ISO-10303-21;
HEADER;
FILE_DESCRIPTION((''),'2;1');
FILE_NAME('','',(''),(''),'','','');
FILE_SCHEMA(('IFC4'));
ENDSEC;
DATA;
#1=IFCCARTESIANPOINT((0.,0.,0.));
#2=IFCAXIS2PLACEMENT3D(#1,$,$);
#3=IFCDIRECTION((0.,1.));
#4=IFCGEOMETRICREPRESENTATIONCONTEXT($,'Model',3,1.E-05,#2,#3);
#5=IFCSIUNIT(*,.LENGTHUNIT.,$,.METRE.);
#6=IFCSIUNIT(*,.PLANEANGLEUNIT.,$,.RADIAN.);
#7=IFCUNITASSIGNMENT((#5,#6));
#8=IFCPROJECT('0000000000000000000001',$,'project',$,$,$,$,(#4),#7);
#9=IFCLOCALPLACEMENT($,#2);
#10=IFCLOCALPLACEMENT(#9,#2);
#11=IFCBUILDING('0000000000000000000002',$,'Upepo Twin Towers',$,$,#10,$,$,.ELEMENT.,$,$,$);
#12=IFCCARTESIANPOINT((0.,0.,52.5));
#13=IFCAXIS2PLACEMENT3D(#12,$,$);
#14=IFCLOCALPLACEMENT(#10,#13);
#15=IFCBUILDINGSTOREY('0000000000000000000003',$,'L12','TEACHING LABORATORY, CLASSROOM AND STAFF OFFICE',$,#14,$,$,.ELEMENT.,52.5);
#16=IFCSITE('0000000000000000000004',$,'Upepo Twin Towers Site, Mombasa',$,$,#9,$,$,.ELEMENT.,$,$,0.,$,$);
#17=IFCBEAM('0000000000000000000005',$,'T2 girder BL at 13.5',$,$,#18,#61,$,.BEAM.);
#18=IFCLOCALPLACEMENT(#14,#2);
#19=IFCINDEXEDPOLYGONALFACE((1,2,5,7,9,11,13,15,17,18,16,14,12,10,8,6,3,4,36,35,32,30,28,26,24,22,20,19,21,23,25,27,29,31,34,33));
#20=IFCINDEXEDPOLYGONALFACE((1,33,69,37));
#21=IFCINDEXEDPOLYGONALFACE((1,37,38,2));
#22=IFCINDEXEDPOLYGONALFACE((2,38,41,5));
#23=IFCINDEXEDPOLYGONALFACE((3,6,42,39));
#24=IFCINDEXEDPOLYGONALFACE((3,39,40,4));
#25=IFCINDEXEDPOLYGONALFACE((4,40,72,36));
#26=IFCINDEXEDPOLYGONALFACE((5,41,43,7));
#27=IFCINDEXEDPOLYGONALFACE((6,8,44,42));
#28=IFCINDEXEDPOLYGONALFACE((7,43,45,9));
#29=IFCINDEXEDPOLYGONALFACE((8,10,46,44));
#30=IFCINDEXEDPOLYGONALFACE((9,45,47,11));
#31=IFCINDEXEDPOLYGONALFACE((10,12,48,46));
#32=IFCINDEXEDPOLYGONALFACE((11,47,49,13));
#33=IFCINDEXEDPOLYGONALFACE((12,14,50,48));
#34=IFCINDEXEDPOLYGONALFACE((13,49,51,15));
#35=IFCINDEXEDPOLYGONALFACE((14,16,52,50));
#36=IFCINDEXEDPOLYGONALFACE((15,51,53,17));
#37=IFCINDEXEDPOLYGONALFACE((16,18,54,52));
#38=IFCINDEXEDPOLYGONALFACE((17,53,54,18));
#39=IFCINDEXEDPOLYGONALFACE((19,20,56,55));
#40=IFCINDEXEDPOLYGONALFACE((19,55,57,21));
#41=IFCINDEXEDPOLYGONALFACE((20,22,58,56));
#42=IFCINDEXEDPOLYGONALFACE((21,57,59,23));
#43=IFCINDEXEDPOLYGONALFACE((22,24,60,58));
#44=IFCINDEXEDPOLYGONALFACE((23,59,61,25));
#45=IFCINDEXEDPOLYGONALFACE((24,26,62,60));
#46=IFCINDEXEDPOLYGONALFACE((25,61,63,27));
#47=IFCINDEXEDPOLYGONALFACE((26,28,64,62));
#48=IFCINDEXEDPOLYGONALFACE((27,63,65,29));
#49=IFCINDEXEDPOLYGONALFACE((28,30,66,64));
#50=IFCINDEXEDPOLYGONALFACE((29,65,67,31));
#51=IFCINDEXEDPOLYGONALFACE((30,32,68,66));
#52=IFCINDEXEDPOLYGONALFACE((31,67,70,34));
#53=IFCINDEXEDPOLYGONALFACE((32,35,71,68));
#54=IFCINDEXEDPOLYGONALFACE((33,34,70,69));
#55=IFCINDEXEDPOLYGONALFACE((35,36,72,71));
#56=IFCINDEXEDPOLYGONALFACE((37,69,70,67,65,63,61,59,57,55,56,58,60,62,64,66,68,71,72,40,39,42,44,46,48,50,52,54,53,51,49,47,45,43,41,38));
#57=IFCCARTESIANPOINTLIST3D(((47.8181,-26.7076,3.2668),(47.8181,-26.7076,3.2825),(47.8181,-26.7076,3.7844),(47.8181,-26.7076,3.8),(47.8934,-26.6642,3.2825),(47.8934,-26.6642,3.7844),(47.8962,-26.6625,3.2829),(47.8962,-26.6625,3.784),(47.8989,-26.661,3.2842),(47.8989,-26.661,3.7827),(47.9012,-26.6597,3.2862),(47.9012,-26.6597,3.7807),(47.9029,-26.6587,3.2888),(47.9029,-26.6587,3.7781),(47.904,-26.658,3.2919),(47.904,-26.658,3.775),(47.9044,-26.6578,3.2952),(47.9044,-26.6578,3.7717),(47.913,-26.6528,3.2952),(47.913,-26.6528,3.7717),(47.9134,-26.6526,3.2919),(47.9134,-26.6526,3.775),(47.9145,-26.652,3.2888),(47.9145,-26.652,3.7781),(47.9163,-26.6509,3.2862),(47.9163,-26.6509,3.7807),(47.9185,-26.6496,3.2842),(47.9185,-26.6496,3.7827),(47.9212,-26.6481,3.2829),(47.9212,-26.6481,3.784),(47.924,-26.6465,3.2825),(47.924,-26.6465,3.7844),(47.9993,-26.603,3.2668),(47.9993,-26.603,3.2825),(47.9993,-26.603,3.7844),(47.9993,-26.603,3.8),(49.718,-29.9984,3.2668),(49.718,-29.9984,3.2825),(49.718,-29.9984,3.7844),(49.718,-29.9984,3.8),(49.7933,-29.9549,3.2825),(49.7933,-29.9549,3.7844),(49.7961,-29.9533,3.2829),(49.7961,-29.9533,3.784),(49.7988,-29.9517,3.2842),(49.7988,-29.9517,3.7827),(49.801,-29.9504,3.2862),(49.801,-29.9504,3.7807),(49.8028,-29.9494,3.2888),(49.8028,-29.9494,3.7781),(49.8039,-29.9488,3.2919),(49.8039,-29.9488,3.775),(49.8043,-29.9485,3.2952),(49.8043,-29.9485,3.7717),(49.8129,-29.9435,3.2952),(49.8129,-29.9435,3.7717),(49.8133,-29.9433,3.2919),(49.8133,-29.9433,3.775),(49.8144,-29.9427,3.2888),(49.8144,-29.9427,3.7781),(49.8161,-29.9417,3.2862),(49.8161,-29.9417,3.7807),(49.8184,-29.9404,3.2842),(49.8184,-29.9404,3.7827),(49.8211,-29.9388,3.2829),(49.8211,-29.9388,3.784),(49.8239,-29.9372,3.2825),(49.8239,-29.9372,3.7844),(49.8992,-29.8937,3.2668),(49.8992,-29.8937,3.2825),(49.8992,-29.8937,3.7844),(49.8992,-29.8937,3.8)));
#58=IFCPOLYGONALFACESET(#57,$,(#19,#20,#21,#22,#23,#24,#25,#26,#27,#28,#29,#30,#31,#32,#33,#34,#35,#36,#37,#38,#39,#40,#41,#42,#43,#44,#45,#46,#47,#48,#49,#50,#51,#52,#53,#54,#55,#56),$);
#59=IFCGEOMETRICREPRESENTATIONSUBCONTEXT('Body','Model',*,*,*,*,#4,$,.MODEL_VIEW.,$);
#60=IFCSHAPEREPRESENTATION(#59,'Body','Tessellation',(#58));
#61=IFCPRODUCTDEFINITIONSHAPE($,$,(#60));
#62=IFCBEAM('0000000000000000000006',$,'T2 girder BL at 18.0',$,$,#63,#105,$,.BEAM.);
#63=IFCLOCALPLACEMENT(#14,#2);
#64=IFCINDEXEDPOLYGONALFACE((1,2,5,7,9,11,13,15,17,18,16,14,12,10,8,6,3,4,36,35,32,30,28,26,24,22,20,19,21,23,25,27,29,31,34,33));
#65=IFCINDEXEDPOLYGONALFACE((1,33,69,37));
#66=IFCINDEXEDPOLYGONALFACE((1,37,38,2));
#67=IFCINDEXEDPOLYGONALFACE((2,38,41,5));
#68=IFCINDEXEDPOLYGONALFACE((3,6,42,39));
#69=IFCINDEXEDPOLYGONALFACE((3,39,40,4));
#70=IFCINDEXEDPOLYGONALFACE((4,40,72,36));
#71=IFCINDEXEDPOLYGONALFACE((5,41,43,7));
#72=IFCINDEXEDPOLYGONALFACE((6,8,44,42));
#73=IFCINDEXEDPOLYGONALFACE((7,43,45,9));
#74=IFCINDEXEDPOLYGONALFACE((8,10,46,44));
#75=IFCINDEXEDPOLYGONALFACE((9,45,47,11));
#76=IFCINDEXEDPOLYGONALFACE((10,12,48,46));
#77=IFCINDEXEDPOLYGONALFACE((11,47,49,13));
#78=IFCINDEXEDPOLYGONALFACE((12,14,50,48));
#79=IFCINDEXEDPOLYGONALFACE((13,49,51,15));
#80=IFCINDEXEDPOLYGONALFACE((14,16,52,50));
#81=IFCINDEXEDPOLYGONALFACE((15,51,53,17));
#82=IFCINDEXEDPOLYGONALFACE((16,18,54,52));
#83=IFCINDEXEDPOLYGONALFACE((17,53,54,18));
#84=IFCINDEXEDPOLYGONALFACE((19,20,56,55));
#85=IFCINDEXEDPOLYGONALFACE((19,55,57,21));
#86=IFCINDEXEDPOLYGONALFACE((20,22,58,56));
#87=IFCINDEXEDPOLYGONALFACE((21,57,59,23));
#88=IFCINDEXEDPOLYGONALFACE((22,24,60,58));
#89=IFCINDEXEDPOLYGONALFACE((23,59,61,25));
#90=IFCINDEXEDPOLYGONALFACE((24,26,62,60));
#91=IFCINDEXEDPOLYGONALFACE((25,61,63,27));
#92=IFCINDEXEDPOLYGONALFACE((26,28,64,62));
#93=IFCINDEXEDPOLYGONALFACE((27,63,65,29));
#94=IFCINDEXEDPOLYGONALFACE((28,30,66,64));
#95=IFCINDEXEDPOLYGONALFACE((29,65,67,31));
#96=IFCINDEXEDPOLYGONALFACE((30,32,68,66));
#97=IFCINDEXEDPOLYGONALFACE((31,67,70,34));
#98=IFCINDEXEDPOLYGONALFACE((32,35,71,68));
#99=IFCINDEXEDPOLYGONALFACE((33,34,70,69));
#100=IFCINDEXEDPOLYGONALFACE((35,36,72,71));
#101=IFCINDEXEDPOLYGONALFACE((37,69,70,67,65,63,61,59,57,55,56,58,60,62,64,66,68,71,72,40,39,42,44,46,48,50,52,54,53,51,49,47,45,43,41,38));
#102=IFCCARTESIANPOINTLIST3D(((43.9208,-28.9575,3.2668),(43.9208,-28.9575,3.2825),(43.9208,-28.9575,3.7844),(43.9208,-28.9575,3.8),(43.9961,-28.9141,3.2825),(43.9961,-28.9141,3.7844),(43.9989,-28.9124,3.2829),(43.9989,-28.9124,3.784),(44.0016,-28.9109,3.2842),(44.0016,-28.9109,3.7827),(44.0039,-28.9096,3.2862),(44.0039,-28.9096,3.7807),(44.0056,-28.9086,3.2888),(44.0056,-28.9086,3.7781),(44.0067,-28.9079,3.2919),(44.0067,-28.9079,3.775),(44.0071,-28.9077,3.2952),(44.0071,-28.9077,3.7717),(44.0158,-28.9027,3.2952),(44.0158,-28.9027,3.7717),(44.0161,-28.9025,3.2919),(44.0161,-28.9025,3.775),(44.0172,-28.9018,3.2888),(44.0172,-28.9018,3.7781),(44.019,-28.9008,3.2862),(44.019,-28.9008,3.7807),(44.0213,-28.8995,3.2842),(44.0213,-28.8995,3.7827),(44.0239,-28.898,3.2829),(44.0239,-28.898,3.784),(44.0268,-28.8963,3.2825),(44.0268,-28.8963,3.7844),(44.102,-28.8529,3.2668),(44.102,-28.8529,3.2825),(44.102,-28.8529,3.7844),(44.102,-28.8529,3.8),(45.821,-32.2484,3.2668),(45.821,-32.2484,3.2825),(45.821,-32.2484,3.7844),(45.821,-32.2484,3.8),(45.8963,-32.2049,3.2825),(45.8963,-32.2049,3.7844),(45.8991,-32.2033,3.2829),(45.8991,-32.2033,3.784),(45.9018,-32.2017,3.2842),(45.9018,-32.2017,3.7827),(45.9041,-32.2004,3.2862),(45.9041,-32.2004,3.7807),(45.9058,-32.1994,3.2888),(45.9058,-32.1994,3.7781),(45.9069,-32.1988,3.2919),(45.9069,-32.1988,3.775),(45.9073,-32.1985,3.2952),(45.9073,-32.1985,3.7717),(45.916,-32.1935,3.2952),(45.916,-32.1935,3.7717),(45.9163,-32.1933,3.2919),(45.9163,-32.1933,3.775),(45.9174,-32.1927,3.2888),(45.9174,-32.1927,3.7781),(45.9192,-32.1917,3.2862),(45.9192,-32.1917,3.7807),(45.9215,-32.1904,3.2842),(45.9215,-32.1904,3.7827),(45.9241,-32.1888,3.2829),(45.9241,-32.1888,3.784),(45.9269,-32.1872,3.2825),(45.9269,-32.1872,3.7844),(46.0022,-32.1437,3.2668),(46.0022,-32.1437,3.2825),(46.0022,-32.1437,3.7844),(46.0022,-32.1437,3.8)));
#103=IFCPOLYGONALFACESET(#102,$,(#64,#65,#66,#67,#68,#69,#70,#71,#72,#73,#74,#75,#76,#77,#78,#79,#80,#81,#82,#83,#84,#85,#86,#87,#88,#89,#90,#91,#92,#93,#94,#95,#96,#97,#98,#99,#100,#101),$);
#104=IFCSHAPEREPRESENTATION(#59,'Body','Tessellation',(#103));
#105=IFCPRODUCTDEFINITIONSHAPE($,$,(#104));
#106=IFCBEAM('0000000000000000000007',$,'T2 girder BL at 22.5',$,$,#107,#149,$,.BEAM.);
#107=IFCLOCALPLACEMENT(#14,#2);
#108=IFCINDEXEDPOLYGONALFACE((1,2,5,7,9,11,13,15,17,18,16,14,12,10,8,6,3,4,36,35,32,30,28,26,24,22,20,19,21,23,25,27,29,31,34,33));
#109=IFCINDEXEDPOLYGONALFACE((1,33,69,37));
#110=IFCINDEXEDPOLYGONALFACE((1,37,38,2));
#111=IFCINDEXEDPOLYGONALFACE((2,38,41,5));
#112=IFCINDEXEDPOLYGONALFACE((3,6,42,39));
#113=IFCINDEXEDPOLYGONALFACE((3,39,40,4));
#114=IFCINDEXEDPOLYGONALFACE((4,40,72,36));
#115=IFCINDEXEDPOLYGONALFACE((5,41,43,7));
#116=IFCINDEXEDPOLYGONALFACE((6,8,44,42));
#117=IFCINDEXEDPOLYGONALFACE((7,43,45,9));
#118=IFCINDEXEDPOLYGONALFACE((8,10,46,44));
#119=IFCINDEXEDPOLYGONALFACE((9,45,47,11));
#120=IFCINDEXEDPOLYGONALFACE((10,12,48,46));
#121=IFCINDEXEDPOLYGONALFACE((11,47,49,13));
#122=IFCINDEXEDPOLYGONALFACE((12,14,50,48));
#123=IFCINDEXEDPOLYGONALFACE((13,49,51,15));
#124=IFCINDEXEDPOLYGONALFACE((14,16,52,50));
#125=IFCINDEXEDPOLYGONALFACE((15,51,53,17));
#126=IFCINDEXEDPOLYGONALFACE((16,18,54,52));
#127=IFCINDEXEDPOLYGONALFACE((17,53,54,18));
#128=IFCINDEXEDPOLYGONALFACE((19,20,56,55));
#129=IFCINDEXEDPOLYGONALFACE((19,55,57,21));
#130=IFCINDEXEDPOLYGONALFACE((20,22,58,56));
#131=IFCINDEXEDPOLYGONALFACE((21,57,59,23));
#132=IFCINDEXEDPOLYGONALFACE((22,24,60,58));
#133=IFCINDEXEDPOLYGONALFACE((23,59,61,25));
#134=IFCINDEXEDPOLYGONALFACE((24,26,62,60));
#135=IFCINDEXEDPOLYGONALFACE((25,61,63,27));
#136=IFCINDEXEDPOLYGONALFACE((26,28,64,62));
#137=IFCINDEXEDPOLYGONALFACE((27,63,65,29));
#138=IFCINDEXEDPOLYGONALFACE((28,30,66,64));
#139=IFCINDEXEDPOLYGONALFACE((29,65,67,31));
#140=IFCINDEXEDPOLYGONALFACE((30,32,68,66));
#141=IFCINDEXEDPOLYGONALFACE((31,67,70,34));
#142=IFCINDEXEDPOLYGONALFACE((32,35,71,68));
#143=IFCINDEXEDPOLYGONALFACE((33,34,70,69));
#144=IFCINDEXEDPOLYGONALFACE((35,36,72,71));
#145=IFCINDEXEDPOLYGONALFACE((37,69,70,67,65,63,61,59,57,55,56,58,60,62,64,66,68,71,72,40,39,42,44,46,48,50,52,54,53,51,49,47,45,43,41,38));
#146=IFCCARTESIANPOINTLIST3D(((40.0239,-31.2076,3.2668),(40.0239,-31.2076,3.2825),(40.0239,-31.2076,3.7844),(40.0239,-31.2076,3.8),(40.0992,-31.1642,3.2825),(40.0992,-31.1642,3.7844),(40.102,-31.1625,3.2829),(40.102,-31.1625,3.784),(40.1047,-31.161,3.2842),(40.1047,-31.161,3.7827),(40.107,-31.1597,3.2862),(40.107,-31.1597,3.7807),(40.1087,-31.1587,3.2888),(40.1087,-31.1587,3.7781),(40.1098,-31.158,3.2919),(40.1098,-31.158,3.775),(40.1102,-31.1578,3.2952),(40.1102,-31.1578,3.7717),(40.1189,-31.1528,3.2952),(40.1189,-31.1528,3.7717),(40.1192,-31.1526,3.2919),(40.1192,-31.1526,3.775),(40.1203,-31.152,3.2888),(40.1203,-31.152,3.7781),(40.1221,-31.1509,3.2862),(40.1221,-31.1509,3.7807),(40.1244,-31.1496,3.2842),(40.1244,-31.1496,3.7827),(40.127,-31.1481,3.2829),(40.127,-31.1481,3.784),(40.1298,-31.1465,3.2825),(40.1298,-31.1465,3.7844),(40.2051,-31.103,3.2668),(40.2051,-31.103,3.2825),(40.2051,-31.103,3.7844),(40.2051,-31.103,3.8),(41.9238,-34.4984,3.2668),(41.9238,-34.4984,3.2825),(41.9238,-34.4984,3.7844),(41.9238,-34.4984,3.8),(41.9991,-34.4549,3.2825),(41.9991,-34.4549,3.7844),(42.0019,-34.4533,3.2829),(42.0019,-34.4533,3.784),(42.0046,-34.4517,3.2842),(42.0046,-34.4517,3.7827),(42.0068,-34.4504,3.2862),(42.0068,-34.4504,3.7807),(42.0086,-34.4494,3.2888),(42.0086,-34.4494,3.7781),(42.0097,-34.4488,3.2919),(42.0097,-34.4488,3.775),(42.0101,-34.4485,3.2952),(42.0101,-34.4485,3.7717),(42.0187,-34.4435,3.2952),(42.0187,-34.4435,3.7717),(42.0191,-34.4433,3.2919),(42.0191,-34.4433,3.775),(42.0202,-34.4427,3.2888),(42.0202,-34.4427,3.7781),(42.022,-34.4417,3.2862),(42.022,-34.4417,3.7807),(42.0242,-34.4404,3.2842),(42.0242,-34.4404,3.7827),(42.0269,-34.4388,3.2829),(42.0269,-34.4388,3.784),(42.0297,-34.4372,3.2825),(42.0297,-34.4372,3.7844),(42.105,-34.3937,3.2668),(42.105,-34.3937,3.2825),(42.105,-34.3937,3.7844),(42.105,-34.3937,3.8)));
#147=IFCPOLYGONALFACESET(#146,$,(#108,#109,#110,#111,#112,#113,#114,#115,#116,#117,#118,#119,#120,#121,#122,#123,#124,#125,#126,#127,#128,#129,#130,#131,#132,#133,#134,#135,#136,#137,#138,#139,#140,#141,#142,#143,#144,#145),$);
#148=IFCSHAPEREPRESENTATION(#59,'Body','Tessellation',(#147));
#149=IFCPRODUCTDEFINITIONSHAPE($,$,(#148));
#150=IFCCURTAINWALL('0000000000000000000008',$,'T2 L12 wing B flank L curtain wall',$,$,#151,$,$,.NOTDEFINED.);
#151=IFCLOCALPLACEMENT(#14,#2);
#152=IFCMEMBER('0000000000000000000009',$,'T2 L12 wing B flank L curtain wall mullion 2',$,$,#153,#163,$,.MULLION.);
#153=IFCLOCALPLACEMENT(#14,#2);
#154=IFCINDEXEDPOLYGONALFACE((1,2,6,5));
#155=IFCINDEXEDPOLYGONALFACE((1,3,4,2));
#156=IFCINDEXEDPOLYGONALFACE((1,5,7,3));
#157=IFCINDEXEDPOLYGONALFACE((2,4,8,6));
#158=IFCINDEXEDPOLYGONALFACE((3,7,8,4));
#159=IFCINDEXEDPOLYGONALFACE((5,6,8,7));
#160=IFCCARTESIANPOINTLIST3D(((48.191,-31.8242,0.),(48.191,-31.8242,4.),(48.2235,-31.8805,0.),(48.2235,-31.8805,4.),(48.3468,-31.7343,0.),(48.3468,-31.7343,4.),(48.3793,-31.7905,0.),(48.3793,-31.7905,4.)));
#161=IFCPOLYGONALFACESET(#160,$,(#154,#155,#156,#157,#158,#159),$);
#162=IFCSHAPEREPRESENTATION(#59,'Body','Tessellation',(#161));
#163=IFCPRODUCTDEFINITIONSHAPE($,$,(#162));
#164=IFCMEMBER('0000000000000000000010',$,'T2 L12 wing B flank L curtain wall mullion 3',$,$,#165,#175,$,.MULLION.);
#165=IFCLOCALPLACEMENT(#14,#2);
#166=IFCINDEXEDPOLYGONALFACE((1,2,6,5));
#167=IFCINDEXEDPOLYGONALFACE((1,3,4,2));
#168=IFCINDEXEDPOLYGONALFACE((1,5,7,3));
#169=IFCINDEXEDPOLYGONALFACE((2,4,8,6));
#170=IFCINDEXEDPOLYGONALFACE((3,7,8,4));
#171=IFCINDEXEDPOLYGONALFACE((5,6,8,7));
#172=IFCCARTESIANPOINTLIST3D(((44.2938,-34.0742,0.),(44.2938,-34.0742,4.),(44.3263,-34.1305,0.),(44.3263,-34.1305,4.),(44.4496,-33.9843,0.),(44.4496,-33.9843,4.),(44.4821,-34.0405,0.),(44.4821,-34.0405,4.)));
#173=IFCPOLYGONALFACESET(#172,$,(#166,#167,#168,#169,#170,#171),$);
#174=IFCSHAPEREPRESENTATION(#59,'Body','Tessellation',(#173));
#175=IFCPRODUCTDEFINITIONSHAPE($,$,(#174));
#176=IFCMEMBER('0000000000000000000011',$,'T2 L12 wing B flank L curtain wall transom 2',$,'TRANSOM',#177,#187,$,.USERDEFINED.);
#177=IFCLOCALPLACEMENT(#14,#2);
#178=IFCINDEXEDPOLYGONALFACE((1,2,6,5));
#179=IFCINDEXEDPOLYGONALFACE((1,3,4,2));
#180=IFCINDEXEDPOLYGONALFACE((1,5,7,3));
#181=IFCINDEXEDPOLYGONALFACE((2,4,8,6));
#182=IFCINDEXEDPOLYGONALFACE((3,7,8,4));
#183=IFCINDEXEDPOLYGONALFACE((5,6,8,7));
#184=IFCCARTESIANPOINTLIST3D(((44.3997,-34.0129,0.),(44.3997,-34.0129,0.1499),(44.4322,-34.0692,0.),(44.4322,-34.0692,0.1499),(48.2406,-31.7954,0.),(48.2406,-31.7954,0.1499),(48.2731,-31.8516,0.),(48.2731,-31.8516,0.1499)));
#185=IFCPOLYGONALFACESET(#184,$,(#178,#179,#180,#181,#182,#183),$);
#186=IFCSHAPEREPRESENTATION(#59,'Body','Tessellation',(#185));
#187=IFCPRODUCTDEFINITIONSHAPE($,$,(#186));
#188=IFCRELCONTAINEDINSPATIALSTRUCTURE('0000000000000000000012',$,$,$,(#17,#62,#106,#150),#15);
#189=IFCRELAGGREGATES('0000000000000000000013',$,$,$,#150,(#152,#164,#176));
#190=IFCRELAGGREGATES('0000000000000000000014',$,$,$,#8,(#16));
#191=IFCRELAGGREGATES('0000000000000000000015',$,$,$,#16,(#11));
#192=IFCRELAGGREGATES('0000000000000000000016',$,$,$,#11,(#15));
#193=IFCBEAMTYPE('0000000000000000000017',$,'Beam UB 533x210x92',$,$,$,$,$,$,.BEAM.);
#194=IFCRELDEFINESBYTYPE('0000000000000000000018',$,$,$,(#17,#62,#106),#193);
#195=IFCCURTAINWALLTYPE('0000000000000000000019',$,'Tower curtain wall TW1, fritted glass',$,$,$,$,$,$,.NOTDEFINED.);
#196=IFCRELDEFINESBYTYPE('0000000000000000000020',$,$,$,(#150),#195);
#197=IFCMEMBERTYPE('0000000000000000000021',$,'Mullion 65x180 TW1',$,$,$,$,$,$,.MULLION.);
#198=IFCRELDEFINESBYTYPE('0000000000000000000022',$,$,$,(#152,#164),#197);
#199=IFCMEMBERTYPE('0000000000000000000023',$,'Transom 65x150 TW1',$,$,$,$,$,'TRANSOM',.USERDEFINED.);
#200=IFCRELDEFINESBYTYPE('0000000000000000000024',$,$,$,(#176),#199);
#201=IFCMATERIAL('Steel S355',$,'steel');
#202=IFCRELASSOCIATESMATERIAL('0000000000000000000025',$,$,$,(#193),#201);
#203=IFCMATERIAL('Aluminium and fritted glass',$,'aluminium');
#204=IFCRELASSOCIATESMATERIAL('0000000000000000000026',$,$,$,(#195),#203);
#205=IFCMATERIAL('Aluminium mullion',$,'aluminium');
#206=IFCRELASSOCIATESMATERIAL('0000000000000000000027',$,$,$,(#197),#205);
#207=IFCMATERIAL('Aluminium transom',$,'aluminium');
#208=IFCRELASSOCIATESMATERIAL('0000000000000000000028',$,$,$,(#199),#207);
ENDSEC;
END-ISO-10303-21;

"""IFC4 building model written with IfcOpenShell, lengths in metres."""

from ifc_helpers import new_model, si_unit, direction, frame, origin, origin_2d, place, context, subcontext, project, spatial, rectangle, i_section, extrude, material, material_profile, profile_set, type_object, element, aggregate, save


model = new_model("IFC4")

# Units and contexts
model_context = context("Model", 3, precision=1e-05, world=origin(), true_north=direction((0.0, 1.0)))
body_context = subcontext(model_context, "Body", "Model", "MODEL_VIEW")
ifc_project = project(units=[si_unit("LENGTHUNIT", "METRE"), si_unit("PLANEANGLEUNIT", "RADIAN")], contexts=[model_context])

# Site, building, storey
site_placement = place(None, origin())
site = spatial("IfcSite", under=ifc_project, at=site_placement, Name="Upepo Twin Towers Site, Mombasa", CompositionType="ELEMENT", RefElevation=0.0)
building_placement = place(site_placement, origin())
building = spatial("IfcBuilding", under=site, at=building_placement, Name="Upepo Twin Towers", CompositionType="ELEMENT")
storey_placement = place(building_placement, frame((0.0, 0.0, 52.5)))
storey = spatial("IfcBuildingStorey", under=building, at=storey_placement, Name="L12", Description="TEACHING LABORATORY, CLASSROOM AND STAFF OFFICE", CompositionType="ELEMENT", Elevation=52.5)

# Beams
ifc_material_1 = material(Name="Steel S355", Category="steel")
ifc_material_profile_1 = material_profile(ifc_material_1, i_section(OverallWidth=0.2092, OverallDepth=0.5332, WebThickness=0.01, FlangeThickness=0.0156, FilletRadius=0.0127, at=origin_2d()), Name="UB 533x210x92")
ifc_profile_set_1 = profile_set([ifc_material_profile_1], Name="Steel S355")
beam_type_1 = type_object("IfcBeamType", Name="Beam UB 533x210x92", PredefinedType="BEAM", material=ifc_profile_set_1)
beam_1_placement = place(storey_placement, frame((49.8086, -29.946, 3.5334), z_axis=(-0.499995, 0.866028, 0.0), x_axis=(-0.866028, -0.499995, 0.0)))
element("IfcBeam", 1, at=beam_1_placement, inside=storey, type_object=beam_type_1, Name="T2 girder BL at 13.5", PredefinedType="BEAM", context=body_context, shape_type="SweptSolid", body=[
    extrude(i_section(OverallWidth=0.2092, OverallDepth=0.5332, WebThickness=0.01, FlangeThickness=0.0156, FilletRadius=0.0127, at=origin_2d()), origin(), (0.0, 0.0, 1.0), 3.7998),
])
beam_2_placement = place(storey_placement, frame((45.9116, -32.196, 3.5334), z_axis=(-0.500043, 0.866, 0.0), x_axis=(-0.866, -0.500043, 0.0)))
element("IfcBeam", 2, at=beam_2_placement, inside=storey, type_object=beam_type_1, Name="T2 girder BL at 18.0", PredefinedType="BEAM", context=body_context, shape_type="SweptSolid", body=[
    extrude(i_section(OverallWidth=0.2092, OverallDepth=0.5332, WebThickness=0.01, FlangeThickness=0.0156, FilletRadius=0.0127, at=origin_2d()), origin(), (0.0, 0.0, 1.0), 3.8),
])
beam_3_placement = place(storey_placement, frame((42.0144, -34.446, 3.5334), z_axis=(-0.499995, 0.866028, 0.0), x_axis=(-0.866028, -0.499995, 0.0)))
element("IfcBeam", 3, at=beam_3_placement, inside=storey, type_object=beam_type_1, Name="T2 girder BL at 22.5", PredefinedType="BEAM", context=body_context, shape_type="SweptSolid", body=[
    extrude(i_section(OverallWidth=0.2092, OverallDepth=0.5332, WebThickness=0.01, FlangeThickness=0.0156, FilletRadius=0.0127, at=origin_2d()), origin(), (0.0, 0.0, 1.0), 3.7998),
])

# Curtain wall, members
ifc_material_2 = material(Name="Aluminium and fritted glass", Category="aluminium")
curtain_wall_type = type_object("IfcCurtainWallType", Name="Tower curtain wall TW1, fritted glass", PredefinedType="NOTDEFINED", material=ifc_material_2)
curtain_wall_placement = place(storey_placement, origin())
curtain_wall = element("IfcCurtainWall", 4, at=curtain_wall_placement, inside=storey, type_object=curtain_wall_type, Name="T2 L12 wing B flank L curtain wall", PredefinedType="NOTDEFINED")
ifc_material_3 = material(Name="Aluminium mullion", Category="aluminium")
ifc_material_profile_2 = material_profile(ifc_material_3, rectangle(XDim=0.0649, YDim=0.1799, at=origin_2d()), Name="MULLION 65x180")
ifc_profile_set_2 = profile_set([ifc_material_profile_2], Name="Aluminium mullion")
member_type_1 = type_object("IfcMemberType", Name="Mullion 65x180 TW1", PredefinedType="MULLION", material=ifc_profile_set_2)
member_1_placement = place(storey_placement, frame((48.2852, -31.8074, 0.0), z_axis=(0.0, 0.0, 1.0), x_axis=(0.5, -0.866025, 0.0)))
member_1 = element("IfcMember", 5, at=member_1_placement, type_object=member_type_1, Name="T2 L12 wing B flank L curtain wall mullion 2", PredefinedType="MULLION", context=body_context, shape_type="SweptSolid", body=[
    extrude(rectangle(XDim=0.0649, YDim=0.1799, at=origin_2d()), origin(), (0.0, 0.0, 1.0), 4.0),
])
member_2_placement = place(storey_placement, frame((44.3879, -34.0574, 0.0), z_axis=(0.0, 0.0, 1.0), x_axis=(0.5, -0.866025, 0.0)))
member_2 = element("IfcMember", 6, at=member_2_placement, type_object=member_type_1, Name="T2 L12 wing B flank L curtain wall mullion 3", PredefinedType="MULLION", context=body_context, shape_type="SweptSolid", body=[
    extrude(rectangle(XDim=0.0649, YDim=0.1799, at=origin_2d()), origin(), (0.0, 0.0, 1.0), 4.0),
])
ifc_material_4 = material(Name="Aluminium transom", Category="aluminium")
ifc_material_profile_3 = material_profile(ifc_material_4, rectangle(XDim=0.0649, YDim=0.1499, at=origin_2d()), Name="TRANSOM 65x150")
ifc_profile_set_3 = profile_set([ifc_material_profile_3], Name="Aluminium transom")
member_type_2 = type_object("IfcMemberType", Name="Transom 65x150 TW1", ElementType="TRANSOM", PredefinedType="USERDEFINED", material=ifc_profile_set_3)
member_3_placement = place(storey_placement, frame((48.2568, -31.8235, 0.075), z_axis=(-0.866022, -0.500005, 0.0), x_axis=(0.500005, -0.866022, 0.0)))
member_3 = element("IfcMember", 7, at=member_3_placement, type_object=member_type_2, Name="T2 L12 wing B flank L curtain wall transom 2", ObjectType="TRANSOM", PredefinedType="USERDEFINED", context=body_context, shape_type="SweptSolid", body=[
    extrude(rectangle(XDim=0.0649, YDim=0.1499, at=origin_2d()), origin(), (0.0, 0.0, 1.0), 4.4351),
])
aggregate(curtain_wall, [member_1, member_2, member_3])

save(model, "model.ifc")
